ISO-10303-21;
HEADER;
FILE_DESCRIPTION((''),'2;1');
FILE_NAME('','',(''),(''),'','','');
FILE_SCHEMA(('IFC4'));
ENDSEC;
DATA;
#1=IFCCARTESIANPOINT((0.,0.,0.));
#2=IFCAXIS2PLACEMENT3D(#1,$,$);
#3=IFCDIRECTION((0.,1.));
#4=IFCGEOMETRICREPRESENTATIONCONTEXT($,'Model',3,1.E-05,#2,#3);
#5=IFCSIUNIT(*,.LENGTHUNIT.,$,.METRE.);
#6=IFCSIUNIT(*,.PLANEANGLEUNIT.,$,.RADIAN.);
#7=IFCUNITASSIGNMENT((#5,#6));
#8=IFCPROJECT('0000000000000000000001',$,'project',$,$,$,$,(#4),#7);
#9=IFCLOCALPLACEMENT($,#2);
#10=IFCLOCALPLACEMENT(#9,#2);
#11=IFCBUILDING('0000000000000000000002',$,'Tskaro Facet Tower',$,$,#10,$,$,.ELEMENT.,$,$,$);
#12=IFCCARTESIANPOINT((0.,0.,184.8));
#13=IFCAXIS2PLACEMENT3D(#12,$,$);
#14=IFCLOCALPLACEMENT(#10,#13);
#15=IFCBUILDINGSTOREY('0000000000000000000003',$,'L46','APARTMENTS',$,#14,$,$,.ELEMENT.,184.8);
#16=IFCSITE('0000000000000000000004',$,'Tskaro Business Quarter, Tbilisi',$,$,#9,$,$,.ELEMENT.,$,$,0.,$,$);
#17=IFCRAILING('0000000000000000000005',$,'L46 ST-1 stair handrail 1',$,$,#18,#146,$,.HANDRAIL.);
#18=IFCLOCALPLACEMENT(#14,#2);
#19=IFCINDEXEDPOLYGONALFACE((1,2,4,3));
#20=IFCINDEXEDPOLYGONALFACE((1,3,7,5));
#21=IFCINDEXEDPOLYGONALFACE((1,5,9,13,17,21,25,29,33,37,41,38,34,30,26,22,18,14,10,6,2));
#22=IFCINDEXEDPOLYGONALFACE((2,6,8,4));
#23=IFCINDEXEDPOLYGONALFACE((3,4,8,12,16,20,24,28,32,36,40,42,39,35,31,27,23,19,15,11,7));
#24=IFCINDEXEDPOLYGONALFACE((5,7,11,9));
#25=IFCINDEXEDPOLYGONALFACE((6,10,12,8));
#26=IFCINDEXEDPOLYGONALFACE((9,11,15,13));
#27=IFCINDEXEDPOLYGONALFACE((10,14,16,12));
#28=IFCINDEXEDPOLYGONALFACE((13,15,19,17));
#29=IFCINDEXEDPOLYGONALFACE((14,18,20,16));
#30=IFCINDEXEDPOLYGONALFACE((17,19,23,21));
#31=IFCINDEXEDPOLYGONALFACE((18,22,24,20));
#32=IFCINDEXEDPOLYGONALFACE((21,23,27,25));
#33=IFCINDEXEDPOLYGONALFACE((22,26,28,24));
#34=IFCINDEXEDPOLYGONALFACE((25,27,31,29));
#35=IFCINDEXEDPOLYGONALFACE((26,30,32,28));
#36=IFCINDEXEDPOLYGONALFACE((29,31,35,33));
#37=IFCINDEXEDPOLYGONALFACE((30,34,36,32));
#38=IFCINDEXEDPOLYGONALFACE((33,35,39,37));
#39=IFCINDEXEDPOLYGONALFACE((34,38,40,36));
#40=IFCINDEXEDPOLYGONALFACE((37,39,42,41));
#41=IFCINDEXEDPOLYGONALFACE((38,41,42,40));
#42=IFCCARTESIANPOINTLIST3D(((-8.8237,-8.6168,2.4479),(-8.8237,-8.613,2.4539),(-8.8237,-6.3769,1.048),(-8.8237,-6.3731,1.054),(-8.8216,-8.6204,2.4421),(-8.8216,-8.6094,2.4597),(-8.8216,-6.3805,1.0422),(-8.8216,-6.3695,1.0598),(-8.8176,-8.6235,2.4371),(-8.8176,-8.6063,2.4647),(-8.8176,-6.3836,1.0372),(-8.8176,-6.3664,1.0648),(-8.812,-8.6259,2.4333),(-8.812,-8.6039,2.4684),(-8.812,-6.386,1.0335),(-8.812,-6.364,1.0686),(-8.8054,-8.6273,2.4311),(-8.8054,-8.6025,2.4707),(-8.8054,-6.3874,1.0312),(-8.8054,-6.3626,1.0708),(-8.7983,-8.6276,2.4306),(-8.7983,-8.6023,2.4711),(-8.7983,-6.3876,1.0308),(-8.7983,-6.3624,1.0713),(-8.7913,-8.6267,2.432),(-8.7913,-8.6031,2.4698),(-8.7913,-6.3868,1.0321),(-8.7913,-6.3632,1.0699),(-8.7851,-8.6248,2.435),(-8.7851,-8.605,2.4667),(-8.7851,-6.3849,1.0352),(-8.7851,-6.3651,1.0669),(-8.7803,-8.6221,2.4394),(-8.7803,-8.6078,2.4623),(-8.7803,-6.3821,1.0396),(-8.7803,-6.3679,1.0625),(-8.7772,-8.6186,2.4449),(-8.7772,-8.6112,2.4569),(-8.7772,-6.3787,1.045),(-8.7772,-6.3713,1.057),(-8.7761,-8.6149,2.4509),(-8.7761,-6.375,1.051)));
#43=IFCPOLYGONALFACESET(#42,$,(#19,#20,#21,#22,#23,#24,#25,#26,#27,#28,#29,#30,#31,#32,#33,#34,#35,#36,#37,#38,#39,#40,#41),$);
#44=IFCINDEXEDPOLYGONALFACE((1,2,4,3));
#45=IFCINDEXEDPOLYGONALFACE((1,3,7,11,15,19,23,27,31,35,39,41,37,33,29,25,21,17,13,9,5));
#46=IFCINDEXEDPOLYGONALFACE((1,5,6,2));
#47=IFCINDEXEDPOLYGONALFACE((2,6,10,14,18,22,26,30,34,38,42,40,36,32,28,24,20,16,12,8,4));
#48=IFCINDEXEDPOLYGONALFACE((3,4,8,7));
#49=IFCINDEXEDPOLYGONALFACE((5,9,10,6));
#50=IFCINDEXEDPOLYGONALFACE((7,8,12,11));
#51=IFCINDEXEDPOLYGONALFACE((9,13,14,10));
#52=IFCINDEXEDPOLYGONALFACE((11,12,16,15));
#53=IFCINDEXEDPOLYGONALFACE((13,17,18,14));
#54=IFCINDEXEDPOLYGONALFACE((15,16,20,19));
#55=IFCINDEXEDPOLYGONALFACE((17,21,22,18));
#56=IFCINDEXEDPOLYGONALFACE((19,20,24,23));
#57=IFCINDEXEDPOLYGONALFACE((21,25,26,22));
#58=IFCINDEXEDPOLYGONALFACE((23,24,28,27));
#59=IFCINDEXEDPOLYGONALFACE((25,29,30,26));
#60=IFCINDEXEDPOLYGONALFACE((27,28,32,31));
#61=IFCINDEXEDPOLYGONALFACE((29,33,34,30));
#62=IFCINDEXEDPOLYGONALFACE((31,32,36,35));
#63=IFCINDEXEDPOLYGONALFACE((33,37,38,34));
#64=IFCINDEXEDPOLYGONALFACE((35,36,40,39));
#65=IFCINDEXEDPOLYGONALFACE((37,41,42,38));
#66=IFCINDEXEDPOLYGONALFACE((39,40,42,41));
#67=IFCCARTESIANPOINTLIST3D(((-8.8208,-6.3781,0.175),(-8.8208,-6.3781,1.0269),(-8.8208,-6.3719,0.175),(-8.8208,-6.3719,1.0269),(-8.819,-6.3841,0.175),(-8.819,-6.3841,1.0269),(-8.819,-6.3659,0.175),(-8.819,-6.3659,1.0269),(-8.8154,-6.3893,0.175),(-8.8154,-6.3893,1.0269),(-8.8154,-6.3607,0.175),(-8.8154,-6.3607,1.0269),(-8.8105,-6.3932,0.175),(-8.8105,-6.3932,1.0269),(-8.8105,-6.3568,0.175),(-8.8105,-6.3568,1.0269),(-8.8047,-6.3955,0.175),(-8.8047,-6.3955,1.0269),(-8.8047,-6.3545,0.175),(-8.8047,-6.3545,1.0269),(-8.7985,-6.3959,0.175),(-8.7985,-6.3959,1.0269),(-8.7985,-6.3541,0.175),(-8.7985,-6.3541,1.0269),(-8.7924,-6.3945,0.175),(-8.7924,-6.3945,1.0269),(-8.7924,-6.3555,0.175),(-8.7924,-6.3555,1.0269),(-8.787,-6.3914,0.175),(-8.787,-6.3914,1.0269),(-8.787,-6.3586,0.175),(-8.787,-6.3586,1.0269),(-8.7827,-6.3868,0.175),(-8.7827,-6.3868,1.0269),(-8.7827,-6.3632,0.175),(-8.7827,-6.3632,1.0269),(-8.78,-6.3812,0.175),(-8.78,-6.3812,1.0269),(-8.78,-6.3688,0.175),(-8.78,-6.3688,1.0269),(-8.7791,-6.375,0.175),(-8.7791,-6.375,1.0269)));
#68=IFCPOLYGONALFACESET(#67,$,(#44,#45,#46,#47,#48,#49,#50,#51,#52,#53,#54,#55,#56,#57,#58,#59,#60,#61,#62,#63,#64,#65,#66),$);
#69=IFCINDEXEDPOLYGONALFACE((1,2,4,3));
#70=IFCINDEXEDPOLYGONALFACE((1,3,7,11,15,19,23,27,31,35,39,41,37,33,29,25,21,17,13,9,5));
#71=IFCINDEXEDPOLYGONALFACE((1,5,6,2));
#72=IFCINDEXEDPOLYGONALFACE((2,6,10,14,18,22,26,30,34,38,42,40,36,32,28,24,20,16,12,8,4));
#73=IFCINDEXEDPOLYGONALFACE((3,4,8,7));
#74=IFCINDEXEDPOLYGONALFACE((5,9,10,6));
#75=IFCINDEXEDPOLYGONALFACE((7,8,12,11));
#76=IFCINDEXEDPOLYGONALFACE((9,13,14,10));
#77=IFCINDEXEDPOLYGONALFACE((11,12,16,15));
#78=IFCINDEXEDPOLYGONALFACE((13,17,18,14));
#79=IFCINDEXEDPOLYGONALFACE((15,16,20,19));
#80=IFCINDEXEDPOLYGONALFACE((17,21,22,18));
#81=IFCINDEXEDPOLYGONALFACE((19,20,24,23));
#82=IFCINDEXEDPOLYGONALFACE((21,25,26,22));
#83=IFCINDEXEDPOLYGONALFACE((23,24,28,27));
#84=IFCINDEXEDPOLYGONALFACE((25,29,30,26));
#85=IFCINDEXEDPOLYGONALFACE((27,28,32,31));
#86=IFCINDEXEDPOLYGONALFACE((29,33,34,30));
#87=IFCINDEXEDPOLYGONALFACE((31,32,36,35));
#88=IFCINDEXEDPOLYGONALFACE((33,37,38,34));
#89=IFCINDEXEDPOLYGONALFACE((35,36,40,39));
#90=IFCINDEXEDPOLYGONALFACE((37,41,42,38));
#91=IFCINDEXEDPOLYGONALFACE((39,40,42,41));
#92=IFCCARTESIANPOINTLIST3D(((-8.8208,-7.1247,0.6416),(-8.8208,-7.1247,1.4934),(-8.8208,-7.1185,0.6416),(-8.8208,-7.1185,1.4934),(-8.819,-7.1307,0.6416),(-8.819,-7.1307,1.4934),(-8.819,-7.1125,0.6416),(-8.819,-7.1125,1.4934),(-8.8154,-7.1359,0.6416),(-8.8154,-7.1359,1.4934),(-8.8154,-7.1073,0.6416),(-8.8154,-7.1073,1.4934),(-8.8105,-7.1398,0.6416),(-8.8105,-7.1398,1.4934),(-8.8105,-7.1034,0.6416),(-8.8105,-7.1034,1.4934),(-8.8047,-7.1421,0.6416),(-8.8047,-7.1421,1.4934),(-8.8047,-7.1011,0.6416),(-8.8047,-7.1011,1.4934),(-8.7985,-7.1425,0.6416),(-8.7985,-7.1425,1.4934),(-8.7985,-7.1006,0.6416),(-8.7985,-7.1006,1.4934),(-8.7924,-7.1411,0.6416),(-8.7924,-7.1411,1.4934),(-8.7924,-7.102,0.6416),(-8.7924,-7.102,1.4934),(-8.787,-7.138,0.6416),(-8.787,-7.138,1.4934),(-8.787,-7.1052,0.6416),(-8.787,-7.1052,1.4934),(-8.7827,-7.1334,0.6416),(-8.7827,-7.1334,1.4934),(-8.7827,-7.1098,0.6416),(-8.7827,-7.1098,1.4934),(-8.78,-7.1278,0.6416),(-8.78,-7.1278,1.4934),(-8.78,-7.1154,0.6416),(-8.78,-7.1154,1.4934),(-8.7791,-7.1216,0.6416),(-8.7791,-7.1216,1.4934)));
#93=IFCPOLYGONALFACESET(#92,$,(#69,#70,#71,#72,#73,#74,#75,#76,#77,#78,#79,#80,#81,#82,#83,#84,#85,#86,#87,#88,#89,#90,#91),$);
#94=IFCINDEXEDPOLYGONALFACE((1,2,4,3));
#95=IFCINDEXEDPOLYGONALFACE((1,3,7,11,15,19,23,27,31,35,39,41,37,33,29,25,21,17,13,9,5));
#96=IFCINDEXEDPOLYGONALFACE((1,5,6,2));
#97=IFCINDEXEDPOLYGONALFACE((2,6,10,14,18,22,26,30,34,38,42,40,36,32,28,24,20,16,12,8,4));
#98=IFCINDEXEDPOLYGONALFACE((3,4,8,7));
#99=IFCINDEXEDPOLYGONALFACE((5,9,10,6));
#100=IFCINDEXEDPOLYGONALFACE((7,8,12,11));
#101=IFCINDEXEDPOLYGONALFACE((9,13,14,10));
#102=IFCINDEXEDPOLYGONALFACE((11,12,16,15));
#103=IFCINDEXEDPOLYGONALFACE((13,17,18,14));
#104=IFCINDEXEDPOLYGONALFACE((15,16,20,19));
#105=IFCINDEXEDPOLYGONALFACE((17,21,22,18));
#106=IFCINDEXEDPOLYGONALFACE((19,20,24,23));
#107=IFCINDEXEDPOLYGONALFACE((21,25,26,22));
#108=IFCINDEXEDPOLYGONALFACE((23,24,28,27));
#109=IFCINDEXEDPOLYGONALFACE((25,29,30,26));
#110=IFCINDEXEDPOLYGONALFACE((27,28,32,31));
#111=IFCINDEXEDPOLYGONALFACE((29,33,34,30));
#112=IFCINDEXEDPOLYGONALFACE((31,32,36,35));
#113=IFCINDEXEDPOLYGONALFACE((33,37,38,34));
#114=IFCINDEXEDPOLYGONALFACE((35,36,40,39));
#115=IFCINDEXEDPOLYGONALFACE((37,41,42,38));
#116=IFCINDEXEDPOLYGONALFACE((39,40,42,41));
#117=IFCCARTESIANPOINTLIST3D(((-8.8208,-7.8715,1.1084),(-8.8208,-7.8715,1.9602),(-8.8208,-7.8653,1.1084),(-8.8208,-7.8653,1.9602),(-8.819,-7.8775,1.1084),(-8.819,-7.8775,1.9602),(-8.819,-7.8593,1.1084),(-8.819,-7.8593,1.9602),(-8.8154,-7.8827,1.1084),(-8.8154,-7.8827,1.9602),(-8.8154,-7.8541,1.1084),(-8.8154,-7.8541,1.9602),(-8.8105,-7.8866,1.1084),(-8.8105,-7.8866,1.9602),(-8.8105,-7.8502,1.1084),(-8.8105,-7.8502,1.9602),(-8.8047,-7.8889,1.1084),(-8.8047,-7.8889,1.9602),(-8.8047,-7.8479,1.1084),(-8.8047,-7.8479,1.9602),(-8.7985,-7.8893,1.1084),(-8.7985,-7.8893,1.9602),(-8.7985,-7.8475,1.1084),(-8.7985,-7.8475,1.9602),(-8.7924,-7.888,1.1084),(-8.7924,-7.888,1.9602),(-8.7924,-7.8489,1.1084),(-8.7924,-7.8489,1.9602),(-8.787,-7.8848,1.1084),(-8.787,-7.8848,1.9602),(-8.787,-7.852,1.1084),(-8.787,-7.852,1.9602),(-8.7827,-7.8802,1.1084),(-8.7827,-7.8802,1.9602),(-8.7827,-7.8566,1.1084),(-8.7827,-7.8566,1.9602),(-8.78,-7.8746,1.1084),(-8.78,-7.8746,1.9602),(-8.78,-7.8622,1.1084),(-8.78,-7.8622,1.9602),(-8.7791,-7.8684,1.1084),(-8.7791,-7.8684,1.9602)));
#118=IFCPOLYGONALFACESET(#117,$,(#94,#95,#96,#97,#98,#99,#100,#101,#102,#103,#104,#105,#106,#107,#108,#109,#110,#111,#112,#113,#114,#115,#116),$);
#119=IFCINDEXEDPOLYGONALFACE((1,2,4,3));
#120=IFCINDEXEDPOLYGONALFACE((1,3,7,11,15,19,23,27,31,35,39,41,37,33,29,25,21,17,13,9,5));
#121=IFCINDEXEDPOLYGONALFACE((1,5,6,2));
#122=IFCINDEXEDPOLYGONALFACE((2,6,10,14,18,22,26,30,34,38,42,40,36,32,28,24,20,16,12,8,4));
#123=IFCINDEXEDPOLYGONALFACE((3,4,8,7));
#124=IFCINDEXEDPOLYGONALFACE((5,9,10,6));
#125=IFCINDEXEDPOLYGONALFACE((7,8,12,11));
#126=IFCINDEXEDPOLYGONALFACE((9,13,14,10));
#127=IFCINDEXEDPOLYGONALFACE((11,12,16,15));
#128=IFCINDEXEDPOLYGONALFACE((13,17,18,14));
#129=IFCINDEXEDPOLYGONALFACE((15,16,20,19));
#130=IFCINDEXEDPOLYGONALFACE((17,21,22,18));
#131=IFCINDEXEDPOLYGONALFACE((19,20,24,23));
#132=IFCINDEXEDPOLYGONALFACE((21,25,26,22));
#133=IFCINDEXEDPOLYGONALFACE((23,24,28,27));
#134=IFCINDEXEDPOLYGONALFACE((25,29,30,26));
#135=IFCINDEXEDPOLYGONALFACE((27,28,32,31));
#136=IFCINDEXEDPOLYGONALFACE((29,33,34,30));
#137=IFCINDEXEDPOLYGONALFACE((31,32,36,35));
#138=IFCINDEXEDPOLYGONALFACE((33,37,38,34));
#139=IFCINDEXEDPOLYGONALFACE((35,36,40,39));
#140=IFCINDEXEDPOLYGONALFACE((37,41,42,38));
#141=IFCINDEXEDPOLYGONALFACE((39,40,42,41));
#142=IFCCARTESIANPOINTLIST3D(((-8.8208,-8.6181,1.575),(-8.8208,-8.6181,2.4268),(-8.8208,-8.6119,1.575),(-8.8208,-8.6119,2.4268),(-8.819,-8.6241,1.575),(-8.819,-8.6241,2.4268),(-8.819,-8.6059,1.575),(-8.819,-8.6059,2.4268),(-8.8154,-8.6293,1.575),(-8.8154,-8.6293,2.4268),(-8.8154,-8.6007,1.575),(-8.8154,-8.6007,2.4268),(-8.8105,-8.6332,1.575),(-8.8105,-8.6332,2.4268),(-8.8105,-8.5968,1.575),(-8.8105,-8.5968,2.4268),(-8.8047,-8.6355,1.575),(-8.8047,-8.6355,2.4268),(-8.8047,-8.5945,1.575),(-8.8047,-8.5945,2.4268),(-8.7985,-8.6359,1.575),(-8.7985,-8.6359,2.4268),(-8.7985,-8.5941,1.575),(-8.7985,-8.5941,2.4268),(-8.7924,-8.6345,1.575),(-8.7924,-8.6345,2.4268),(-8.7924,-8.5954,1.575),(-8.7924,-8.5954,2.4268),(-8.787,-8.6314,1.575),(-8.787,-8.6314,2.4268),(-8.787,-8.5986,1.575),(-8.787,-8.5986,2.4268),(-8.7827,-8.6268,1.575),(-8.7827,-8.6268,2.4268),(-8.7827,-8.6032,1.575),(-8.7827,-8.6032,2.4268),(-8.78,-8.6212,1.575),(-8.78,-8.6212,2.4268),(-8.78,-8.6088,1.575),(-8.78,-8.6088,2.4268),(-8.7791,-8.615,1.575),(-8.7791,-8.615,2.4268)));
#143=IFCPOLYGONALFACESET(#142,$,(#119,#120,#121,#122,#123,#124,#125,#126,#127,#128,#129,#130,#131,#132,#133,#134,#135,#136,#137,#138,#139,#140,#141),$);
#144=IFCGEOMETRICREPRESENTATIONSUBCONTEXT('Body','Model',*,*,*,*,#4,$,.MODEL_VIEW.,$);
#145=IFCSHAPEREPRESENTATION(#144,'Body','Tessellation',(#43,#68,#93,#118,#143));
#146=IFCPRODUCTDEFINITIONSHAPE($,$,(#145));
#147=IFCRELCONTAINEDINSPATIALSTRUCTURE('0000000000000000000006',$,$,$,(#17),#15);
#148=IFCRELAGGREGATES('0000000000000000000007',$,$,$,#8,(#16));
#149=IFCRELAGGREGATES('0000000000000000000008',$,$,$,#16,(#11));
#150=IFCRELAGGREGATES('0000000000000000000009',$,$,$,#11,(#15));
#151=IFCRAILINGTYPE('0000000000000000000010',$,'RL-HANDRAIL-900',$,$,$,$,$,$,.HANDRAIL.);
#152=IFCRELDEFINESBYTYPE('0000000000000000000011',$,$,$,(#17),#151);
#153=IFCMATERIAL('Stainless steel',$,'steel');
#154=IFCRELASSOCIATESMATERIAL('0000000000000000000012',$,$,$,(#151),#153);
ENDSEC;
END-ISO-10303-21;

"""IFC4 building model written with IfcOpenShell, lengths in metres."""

from ifc_helpers import new_model, si_unit, direction, frame, origin, origin_2d, place, context, subcontext, project, spatial, circle, extrude, material, type_object, element, save


model = new_model("IFC4")

# Units and contexts
model_context = context("Model", 3, precision=1e-05, world=origin(), true_north=direction((0.0, 1.0)))
body_context = subcontext(model_context, "Body", "Model", "MODEL_VIEW")
ifc_project = project(units=[si_unit("LENGTHUNIT", "METRE"), si_unit("PLANEANGLEUNIT", "RADIAN")], contexts=[model_context])

# Site, building, storey
site_placement = place(None, origin())
site = spatial("IfcSite", under=ifc_project, at=site_placement, Name="Tskaro Business Quarter, Tbilisi", CompositionType="ELEMENT", RefElevation=0.0)
building_placement = place(site_placement, origin())
building = spatial("IfcBuilding", under=site, at=building_placement, Name="Tskaro Facet Tower", CompositionType="ELEMENT")
storey_placement = place(building_placement, frame((0.0, 0.0, 184.8)))
storey = spatial("IfcBuildingStorey", under=building, at=storey_placement, Name="L46", Description="APARTMENTS", CompositionType="ELEMENT", Elevation=184.8)

# Shared definitions
ifc_material_1 = material(Name="Stainless steel", Category="steel")

# Railing
railing_type_1 = type_object("IfcRailingType", Name="RL-HANDRAIL-900", PredefinedType="HANDRAIL", material=ifc_material_1)
railing_1_placement = place(storey_placement, frame((-8.8, -6.375, 0.175)))
element("IfcRailing", 1, at=railing_1_placement, inside=storey, type_object=railing_type_1, Name="L46 ST-1 stair handrail 1", PredefinedType="HANDRAIL", context=body_context, shape_type="SweptSolid", body=[
    extrude(circle(Radius=0.0239, at=origin_2d()), frame((0.0, 0.0, 0.876), z_axis=(0.0, -0.848014, 0.529974), x_axis=(1.0, 0.0, 0.0)), (0.0, 0.0, 1.0), 2.6414),
    extrude(circle(Radius=0.021, at=origin_2d()), origin(), (0.0, 0.0, 1.0), 0.8518),
    extrude(circle(Radius=0.021, at=origin_2d()), frame((0.0, -0.7466, 0.4666)), (0.0, 0.0, 1.0), 0.8518),
    extrude(circle(Radius=0.021, at=origin_2d()), frame((0.0, -1.4934, 0.9333)), (0.0, 0.0, 1.0), 0.8518),
    extrude(circle(Radius=0.021, at=origin_2d()), frame((0.0, -2.24, 1.3999)), (0.0, 0.0, 1.0), 0.8518),
])

save(model, "model.ifc")
